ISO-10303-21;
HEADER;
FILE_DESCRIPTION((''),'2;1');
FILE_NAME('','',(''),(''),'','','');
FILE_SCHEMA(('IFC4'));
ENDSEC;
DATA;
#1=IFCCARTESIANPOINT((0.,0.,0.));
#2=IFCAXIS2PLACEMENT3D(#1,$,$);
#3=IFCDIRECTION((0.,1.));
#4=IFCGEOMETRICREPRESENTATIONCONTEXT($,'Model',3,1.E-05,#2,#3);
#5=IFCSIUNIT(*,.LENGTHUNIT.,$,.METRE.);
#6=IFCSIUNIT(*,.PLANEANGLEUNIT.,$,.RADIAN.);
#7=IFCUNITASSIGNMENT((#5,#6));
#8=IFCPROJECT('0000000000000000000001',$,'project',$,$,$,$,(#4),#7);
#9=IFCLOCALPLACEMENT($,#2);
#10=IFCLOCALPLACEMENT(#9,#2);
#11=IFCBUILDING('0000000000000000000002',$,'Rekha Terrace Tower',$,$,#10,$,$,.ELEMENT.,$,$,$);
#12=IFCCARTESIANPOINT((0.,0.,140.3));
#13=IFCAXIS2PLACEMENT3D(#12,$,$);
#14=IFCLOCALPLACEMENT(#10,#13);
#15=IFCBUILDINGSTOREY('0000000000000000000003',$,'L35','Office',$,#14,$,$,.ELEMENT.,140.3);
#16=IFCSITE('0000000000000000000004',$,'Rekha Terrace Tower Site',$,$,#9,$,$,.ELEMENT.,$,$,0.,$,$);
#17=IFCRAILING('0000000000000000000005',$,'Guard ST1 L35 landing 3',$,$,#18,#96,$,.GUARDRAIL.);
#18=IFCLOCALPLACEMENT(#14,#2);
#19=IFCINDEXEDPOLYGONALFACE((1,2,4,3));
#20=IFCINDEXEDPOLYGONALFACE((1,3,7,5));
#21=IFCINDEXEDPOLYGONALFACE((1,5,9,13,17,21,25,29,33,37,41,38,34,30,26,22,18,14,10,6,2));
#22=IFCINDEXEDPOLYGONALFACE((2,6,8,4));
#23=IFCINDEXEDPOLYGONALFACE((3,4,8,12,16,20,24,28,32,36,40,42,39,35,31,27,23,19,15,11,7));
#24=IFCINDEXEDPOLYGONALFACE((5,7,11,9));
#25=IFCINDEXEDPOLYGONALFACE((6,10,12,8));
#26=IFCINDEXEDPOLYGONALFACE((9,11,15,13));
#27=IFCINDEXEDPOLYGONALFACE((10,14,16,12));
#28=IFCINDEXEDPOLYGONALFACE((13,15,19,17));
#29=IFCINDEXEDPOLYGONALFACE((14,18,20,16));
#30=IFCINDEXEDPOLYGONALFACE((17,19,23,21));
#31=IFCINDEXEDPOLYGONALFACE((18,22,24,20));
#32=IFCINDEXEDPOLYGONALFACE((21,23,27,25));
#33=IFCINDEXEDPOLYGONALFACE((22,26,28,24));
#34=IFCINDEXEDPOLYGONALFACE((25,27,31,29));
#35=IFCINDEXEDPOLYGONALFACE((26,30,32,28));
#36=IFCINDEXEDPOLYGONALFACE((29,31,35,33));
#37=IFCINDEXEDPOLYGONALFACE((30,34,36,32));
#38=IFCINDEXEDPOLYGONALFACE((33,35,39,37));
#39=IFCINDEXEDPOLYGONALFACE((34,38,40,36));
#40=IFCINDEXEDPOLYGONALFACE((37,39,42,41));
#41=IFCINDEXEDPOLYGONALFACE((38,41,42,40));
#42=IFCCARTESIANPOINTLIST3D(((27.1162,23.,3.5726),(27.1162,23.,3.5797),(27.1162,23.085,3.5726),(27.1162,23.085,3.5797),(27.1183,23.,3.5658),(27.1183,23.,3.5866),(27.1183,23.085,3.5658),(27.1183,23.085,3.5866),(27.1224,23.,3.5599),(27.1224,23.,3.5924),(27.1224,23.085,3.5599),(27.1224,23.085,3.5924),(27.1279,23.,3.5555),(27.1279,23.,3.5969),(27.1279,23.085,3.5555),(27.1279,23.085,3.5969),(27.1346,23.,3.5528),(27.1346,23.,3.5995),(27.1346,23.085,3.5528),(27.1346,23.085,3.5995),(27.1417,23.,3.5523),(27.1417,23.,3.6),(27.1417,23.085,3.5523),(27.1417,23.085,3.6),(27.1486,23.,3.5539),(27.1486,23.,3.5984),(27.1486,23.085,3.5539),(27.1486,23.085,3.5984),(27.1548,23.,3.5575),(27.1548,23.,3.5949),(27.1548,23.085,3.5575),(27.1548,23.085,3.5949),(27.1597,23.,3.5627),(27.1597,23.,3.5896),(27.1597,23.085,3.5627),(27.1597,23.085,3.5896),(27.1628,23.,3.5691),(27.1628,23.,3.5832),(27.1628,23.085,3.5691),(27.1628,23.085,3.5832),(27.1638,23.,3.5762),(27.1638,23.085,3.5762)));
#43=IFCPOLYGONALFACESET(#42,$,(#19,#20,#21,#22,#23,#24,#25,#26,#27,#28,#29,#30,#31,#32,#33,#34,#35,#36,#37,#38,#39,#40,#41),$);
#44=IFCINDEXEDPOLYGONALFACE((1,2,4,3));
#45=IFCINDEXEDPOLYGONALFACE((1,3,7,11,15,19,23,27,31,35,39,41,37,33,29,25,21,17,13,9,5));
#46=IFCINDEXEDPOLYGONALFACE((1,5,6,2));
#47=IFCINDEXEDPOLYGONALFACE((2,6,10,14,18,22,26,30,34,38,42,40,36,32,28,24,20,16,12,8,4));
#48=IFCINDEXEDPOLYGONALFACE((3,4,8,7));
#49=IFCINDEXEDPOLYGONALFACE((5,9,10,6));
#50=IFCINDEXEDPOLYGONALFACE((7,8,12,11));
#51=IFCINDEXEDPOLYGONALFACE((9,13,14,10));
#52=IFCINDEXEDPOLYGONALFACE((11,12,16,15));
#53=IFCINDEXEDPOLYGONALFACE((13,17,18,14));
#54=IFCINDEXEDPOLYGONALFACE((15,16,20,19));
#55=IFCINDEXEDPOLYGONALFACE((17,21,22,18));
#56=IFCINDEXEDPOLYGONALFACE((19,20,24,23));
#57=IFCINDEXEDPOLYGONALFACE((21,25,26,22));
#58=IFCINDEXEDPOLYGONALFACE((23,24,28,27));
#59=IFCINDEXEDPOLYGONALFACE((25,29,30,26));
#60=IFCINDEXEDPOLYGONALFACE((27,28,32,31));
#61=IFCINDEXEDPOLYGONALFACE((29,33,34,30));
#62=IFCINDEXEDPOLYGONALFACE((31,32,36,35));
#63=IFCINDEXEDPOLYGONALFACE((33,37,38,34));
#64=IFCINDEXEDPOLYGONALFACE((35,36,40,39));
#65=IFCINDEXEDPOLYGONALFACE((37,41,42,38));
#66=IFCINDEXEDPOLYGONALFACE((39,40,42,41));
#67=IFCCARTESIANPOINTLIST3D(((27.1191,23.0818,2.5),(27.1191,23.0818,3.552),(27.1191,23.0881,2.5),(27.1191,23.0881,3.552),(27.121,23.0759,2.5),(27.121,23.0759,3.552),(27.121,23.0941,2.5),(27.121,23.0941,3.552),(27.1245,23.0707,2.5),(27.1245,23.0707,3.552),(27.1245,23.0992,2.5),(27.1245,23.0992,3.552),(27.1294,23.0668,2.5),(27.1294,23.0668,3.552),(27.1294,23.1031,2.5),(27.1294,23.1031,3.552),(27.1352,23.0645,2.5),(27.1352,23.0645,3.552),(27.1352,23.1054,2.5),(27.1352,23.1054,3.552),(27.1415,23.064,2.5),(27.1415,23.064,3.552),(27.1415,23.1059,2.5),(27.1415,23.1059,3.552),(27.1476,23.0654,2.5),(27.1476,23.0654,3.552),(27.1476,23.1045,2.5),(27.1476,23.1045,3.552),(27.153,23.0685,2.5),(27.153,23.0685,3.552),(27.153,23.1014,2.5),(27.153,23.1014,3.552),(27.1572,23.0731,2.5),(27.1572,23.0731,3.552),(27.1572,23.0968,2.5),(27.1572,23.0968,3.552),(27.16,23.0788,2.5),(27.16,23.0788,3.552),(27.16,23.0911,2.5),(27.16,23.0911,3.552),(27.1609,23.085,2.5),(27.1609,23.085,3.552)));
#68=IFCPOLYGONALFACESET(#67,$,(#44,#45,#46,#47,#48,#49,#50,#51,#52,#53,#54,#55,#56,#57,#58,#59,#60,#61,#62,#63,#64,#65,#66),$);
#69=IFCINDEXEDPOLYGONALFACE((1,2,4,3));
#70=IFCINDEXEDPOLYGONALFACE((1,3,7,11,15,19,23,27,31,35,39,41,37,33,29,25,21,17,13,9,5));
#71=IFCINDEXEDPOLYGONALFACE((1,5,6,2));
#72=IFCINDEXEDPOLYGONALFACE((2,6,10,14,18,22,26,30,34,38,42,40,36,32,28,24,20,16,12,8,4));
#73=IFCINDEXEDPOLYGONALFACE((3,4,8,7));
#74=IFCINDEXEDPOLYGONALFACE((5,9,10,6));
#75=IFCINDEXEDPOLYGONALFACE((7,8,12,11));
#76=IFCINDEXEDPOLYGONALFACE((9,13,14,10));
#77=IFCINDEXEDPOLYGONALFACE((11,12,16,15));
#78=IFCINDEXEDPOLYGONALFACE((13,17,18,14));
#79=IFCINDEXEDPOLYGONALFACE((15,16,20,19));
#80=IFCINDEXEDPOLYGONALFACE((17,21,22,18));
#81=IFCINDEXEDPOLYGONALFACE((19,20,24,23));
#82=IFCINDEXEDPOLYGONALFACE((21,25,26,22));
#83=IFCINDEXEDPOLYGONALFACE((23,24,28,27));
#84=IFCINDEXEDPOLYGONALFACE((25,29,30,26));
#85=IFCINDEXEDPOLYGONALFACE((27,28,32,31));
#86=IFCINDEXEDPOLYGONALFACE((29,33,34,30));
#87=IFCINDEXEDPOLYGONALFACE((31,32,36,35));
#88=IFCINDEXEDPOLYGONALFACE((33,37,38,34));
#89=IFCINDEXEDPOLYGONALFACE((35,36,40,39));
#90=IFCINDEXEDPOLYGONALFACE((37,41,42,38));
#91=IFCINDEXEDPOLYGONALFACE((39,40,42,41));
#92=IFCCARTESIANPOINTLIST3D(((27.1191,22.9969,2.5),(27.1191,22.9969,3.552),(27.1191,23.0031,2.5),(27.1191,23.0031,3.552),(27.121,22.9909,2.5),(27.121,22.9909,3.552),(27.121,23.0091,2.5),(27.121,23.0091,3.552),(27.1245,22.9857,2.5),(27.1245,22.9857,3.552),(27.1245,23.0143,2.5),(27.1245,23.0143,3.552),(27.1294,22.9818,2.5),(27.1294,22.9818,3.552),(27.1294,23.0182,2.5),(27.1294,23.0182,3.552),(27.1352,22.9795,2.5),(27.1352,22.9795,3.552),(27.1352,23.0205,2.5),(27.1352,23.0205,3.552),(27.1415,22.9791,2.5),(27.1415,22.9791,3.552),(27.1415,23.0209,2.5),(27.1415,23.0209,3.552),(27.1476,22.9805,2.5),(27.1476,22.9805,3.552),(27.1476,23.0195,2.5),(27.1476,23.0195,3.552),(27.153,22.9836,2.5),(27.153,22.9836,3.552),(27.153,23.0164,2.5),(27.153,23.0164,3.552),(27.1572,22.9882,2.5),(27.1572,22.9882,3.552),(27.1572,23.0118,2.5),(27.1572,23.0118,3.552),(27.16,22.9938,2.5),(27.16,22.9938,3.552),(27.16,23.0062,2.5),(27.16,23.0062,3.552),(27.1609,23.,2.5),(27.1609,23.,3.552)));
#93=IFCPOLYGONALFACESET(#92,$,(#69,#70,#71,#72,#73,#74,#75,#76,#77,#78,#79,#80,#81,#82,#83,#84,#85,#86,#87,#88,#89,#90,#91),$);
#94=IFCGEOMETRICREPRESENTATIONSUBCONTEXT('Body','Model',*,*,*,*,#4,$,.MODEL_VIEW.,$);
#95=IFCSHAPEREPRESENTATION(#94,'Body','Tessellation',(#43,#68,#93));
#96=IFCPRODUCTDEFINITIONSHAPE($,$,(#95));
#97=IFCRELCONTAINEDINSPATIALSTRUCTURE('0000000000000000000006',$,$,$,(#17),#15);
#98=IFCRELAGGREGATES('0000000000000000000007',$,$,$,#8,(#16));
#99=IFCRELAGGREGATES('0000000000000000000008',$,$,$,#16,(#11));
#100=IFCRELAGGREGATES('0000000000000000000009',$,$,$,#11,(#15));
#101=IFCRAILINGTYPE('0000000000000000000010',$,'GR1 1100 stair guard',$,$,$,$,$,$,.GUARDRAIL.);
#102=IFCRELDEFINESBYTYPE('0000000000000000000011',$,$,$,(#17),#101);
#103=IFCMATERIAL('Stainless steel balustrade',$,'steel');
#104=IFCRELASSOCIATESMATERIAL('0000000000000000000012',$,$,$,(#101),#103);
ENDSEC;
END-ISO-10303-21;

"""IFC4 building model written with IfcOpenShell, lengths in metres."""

from ifc_helpers import new_model, si_unit, direction, frame, origin, origin_2d, place, context, subcontext, project, spatial, circle, extrude, material, type_object, element, save


model = new_model("IFC4")

# Units and contexts
model_context = context("Model", 3, precision=1e-05, world=origin(), true_north=direction((0.0, 1.0)))
body_context = subcontext(model_context, "Body", "Model", "MODEL_VIEW")
ifc_project = project(units=[si_unit("LENGTHUNIT", "METRE"), si_unit("PLANEANGLEUNIT", "RADIAN")], contexts=[model_context])

# Site, building, storey
site_placement = place(None, origin())
site = spatial("IfcSite", under=ifc_project, at=site_placement, Name="Rekha Terrace Tower Site", CompositionType="ELEMENT", RefElevation=0.0)
building_placement = place(site_placement, origin())
building = spatial("IfcBuilding", under=site, at=building_placement, Name="Rekha Terrace Tower", CompositionType="ELEMENT")
storey_placement = place(building_placement, frame((0.0, 0.0, 140.3)))
storey = spatial("IfcBuildingStorey", under=building, at=storey_placement, Name="L35", Description="Office", CompositionType="ELEMENT", Elevation=140.3)

# Railing
ifc_material_1 = material(Name="Stainless steel balustrade", Category="steel")
railing_type_1 = type_object("IfcRailingType", Name="GR1 1100 stair guard", PredefinedType="GUARDRAIL", material=ifc_material_1)
railing_1_placement = place(storey_placement, frame((27.1399, 23.085, 2.5)))
element("IfcRailing", 1, at=railing_1_placement, inside=storey, type_object=railing_type_1, Name="Guard ST1 L35 landing 3", PredefinedType="GUARDRAIL", context=body_context, shape_type="SweptSolid", body=[
    extrude(circle(Radius=0.0239, at=origin_2d()), frame((0.0, 0.0, 1.0762), z_axis=(0.0, -1.0, 0.0), x_axis=(1.0, 0.0, 0.0)), (0.0, 0.0, 1.0), 0.085),
    extrude(circle(Radius=0.021, at=origin_2d()), origin(), (0.0, 0.0, 1.0), 1.052),
    extrude(circle(Radius=0.021, at=origin_2d()), frame((0.0, -0.085, 0.0)), (0.0, 0.0, 1.0), 1.052),
])

save(model, "model.ifc")
